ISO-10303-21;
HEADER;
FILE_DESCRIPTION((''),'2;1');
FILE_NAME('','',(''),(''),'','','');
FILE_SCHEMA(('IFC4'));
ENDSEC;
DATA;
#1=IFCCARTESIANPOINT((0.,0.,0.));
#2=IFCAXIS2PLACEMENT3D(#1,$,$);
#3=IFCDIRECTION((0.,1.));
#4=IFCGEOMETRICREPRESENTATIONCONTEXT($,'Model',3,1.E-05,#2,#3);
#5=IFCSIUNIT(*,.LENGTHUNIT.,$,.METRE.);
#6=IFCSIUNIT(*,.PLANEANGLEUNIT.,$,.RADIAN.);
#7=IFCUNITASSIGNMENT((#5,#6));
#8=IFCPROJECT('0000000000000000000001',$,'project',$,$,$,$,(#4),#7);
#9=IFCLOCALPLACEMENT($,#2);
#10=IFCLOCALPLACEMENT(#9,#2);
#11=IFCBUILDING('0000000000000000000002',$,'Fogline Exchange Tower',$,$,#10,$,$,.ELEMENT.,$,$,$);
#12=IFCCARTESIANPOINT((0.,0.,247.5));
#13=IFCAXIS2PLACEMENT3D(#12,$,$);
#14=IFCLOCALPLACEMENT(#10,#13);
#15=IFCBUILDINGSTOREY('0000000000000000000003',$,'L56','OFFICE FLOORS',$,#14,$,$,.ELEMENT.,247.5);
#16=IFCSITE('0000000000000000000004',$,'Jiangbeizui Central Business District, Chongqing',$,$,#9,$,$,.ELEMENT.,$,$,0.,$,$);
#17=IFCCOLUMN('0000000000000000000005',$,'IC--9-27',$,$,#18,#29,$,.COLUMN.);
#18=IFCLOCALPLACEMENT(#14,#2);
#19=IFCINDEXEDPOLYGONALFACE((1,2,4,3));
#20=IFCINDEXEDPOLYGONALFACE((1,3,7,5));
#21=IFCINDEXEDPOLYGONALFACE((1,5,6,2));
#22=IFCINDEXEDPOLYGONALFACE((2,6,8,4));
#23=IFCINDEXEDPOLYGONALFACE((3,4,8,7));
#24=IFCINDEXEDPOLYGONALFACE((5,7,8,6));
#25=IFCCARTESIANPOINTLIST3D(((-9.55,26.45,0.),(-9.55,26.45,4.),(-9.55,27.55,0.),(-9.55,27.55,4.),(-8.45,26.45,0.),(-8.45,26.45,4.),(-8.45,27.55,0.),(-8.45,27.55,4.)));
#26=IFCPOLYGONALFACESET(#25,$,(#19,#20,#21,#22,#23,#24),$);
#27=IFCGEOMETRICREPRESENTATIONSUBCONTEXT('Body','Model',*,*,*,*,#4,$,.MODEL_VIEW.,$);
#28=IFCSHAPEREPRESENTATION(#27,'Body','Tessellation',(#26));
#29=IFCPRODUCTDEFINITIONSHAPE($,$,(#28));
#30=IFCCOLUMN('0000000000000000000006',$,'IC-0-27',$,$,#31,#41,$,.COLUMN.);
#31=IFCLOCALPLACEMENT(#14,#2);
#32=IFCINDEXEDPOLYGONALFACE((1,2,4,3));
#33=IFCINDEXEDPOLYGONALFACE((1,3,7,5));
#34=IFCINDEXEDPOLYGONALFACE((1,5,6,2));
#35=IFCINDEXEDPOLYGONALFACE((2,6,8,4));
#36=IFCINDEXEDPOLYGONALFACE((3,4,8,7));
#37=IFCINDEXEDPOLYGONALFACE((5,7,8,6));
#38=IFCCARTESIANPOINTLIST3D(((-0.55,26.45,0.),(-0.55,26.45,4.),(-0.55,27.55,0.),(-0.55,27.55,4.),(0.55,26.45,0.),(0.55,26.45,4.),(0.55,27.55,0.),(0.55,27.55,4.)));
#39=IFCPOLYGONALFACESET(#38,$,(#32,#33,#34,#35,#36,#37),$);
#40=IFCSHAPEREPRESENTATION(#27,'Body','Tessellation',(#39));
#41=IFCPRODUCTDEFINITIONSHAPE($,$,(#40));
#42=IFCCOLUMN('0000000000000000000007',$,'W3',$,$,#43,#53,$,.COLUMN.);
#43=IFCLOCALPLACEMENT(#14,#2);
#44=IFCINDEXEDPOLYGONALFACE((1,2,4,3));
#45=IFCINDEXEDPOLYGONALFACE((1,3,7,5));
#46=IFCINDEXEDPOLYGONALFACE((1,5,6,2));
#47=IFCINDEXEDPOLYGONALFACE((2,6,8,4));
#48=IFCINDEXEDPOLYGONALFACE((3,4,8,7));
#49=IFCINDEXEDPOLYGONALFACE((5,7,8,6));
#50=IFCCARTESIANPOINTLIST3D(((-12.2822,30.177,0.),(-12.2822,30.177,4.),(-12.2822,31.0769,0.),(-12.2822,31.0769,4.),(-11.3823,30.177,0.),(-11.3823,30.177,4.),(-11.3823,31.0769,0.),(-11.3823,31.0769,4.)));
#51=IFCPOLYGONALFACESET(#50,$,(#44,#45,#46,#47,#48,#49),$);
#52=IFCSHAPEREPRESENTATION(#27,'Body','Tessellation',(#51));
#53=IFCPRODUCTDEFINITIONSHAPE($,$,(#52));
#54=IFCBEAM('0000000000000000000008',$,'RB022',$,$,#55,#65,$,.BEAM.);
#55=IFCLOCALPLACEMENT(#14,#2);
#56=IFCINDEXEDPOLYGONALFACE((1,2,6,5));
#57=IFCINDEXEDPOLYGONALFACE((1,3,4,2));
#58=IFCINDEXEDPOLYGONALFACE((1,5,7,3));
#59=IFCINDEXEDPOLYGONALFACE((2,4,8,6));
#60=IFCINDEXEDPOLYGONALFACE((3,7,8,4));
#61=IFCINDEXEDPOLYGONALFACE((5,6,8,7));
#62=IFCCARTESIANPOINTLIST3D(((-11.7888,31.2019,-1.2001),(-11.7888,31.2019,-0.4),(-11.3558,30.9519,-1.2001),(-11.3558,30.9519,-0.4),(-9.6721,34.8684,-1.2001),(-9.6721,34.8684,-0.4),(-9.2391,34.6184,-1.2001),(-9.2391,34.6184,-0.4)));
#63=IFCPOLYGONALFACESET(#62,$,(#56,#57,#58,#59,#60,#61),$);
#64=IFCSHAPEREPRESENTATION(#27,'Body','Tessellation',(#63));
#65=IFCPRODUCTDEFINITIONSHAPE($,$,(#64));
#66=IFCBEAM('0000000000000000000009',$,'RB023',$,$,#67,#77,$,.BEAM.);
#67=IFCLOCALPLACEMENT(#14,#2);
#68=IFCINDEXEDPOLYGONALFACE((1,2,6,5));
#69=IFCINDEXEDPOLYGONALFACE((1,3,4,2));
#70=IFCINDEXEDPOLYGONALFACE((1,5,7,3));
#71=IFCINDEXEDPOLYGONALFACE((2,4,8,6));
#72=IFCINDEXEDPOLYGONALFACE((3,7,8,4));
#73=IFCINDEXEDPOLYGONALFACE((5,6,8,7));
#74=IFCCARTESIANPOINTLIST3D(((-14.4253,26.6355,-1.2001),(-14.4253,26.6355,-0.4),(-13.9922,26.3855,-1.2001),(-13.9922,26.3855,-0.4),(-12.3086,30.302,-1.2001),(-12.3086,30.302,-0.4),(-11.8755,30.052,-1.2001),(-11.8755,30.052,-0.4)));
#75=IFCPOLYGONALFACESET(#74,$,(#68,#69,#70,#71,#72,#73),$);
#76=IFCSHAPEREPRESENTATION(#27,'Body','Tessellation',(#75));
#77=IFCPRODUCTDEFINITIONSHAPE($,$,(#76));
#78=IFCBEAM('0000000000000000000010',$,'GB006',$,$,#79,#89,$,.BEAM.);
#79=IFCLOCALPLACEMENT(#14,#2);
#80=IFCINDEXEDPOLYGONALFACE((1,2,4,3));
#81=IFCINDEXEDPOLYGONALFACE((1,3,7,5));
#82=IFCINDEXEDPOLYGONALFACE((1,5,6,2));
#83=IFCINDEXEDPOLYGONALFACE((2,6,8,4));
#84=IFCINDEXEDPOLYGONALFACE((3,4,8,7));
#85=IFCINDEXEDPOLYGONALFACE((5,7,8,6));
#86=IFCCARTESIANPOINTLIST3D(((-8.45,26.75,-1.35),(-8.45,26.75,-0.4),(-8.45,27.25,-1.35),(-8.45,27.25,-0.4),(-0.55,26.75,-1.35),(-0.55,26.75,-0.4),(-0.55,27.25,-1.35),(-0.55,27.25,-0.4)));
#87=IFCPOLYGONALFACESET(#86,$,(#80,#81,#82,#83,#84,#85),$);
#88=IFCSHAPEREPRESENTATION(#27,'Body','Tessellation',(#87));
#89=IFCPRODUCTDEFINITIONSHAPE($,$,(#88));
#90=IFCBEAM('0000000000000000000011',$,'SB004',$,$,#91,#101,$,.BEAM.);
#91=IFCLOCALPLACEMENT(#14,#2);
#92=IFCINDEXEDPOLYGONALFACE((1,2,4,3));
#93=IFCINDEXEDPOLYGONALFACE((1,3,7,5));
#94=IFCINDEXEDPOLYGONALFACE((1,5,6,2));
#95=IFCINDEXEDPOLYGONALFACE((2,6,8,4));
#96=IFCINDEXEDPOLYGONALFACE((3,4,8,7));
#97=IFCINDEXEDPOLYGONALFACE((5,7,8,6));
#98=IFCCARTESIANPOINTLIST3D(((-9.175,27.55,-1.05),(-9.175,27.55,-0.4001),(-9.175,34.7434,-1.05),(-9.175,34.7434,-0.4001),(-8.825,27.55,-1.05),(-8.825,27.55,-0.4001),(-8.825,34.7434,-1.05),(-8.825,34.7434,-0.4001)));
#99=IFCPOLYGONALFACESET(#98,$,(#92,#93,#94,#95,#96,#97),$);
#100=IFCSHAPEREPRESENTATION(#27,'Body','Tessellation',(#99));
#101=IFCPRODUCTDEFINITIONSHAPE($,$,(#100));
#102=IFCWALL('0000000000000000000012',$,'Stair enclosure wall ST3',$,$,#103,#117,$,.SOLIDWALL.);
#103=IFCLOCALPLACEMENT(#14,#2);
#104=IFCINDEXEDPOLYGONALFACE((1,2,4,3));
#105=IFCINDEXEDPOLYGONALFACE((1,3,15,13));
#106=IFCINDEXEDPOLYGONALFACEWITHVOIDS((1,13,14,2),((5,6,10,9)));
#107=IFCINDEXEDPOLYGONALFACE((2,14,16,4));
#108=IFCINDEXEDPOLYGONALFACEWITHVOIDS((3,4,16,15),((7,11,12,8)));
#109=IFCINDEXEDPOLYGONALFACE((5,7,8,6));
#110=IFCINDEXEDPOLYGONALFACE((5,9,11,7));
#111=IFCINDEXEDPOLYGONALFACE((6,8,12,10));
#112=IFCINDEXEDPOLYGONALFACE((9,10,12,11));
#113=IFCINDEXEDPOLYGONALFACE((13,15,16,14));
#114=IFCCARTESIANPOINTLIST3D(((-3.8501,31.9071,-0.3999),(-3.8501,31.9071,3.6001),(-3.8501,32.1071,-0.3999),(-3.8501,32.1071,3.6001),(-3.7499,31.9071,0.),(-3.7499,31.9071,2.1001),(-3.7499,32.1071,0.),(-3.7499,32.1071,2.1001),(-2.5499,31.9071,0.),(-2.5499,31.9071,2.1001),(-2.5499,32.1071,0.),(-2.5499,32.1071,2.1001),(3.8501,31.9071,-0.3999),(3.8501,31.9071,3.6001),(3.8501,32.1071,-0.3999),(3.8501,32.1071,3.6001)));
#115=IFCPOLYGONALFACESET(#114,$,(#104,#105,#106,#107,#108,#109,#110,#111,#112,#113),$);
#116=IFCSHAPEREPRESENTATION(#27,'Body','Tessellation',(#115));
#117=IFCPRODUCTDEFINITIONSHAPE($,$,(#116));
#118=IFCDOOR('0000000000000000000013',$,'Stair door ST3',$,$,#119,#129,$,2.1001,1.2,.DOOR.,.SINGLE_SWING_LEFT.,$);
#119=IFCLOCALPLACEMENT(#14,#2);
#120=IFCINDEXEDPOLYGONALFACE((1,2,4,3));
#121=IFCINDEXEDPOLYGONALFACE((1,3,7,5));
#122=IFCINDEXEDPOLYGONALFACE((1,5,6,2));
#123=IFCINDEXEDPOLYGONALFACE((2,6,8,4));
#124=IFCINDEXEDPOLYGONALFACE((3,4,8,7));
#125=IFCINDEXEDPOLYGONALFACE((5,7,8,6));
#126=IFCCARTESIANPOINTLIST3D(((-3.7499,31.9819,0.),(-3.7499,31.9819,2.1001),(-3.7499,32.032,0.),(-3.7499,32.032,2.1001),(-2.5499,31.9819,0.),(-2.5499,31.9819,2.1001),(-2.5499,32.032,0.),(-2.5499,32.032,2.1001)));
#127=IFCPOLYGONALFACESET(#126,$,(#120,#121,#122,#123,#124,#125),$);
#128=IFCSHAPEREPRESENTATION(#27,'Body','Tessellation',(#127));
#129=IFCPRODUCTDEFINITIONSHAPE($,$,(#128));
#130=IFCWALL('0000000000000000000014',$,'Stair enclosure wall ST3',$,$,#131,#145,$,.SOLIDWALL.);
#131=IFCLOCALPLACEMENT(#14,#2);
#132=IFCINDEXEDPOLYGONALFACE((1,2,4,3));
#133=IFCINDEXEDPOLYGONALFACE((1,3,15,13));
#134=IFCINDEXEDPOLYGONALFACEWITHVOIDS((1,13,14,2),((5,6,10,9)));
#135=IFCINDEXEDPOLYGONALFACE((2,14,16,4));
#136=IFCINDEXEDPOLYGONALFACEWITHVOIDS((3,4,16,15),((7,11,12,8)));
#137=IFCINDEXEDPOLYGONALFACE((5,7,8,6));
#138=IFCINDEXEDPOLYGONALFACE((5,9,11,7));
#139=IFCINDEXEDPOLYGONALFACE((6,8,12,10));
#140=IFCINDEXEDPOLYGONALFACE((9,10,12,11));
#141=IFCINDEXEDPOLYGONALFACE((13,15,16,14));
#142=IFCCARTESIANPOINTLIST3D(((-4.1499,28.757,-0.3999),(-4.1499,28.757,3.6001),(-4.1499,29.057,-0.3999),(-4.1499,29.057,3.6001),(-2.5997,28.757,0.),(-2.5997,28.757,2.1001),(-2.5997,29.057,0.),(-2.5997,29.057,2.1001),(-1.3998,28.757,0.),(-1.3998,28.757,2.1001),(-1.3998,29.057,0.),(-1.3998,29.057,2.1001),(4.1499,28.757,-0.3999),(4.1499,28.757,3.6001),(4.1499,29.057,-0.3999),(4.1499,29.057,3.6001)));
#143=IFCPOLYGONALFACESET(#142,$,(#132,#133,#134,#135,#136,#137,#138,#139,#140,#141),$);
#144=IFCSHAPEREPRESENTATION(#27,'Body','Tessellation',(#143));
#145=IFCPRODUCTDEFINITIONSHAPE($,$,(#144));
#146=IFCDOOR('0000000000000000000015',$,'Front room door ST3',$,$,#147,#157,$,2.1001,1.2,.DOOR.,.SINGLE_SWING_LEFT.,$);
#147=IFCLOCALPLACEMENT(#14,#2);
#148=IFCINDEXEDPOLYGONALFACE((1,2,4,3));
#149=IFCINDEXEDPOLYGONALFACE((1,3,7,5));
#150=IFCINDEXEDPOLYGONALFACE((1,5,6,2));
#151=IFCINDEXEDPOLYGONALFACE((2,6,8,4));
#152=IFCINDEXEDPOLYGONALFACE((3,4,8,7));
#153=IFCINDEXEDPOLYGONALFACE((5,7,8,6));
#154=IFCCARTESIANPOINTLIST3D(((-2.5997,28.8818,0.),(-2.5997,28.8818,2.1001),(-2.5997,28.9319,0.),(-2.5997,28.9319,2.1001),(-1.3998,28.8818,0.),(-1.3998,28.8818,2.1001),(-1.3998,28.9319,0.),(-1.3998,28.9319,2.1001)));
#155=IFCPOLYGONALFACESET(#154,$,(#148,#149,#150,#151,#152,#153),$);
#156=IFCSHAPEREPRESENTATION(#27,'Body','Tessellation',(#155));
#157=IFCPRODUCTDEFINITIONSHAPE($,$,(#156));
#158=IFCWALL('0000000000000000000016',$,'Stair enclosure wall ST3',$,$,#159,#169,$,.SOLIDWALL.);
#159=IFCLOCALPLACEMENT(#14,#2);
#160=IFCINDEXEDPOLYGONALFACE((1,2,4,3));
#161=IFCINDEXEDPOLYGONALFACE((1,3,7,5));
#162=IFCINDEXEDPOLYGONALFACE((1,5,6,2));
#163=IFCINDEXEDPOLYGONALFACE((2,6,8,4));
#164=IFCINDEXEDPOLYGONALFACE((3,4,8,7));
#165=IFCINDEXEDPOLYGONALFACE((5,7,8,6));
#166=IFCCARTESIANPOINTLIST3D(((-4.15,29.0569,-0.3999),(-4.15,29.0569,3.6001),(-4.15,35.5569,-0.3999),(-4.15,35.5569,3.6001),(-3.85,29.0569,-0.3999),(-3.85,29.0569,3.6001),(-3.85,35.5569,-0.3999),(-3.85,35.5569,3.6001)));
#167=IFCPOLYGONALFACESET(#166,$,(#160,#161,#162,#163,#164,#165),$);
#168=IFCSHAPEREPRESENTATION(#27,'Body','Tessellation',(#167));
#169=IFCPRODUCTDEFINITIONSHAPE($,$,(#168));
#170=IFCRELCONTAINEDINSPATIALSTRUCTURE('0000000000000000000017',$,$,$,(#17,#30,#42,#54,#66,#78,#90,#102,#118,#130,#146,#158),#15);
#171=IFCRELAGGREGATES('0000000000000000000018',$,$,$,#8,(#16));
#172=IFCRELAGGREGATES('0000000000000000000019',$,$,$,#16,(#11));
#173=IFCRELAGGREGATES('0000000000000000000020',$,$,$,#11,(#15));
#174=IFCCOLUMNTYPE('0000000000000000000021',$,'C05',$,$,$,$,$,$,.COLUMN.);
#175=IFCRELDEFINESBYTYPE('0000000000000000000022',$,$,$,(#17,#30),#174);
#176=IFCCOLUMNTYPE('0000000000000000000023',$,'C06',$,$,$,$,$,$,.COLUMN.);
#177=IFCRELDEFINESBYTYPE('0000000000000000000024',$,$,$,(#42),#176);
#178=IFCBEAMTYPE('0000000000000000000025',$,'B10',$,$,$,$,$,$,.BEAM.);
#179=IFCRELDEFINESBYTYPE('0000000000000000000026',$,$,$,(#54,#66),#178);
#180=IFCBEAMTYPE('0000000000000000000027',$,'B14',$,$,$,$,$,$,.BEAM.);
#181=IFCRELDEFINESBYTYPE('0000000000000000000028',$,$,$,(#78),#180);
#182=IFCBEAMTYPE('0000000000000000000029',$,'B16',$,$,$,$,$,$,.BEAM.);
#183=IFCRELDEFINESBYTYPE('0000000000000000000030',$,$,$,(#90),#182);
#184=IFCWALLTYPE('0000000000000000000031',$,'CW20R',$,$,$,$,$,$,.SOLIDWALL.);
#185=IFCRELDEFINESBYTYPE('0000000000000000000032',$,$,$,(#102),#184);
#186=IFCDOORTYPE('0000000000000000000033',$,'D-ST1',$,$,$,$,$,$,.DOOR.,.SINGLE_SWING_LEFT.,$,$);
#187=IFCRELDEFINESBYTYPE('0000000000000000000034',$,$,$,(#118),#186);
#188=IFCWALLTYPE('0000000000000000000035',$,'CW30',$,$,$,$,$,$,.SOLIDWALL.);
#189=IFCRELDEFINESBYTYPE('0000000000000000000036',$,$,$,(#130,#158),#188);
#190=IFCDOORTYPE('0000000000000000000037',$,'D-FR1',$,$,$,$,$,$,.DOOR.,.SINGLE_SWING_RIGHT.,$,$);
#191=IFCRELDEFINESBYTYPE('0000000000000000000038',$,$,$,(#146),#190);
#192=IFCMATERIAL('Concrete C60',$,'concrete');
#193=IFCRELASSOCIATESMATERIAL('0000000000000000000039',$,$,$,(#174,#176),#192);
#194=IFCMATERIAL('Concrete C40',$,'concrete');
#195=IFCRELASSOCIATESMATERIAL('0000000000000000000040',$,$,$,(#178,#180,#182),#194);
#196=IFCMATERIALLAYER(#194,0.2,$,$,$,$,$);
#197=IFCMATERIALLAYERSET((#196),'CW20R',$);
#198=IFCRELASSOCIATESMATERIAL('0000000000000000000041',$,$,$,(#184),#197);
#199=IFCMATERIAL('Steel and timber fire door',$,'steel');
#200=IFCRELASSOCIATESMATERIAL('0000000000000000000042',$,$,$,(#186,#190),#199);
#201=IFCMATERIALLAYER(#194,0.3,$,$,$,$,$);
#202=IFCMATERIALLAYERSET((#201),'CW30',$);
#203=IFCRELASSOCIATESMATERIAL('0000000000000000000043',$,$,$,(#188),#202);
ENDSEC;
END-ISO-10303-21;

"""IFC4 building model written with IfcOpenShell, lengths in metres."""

from ifc_helpers import new_model, si_unit, direction, frame, frame_2d, origin, origin_2d, place, context, subcontext, project, spatial, rectangle, extrude, material, layer, layer_set, material_profile, profile_set, type_object, element, fill, save


model = new_model("IFC4")

# Units and contexts
model_context = context("Model", 3, precision=1e-05, world=origin(), true_north=direction((0.0, 1.0)))
body_context = subcontext(model_context, "Body", "Model", "MODEL_VIEW")
ifc_project = project(units=[si_unit("LENGTHUNIT", "METRE"), si_unit("PLANEANGLEUNIT", "RADIAN")], contexts=[model_context])

# Site, building, storey
site_placement = place(None, origin())
site = spatial("IfcSite", under=ifc_project, at=site_placement, Name="Jiangbeizui Central Business District, Chongqing", CompositionType="ELEMENT", RefElevation=0.0)
building_placement = place(site_placement, origin())
building = spatial("IfcBuilding", under=site, at=building_placement, Name="Fogline Exchange Tower", CompositionType="ELEMENT")
storey_placement = place(building_placement, frame((0.0, 0.0, 247.5)))
storey = spatial("IfcBuildingStorey", under=building, at=storey_placement, Name="L56", Description="OFFICE FLOORS", CompositionType="ELEMENT", Elevation=247.5)

# Columns
ifc_material_1 = material(Name="Concrete C60", Category="concrete")
ifc_material_profile_1 = material_profile(ifc_material_1, rectangle(XDim=1.1001, YDim=1.1001, at=origin_2d()), Name="RC 1100x1100")
ifc_profile_set_1 = profile_set([ifc_material_profile_1], Name="Concrete C60")
column_type_1 = type_object("IfcColumnType", Name="C05", PredefinedType="COLUMN", material=ifc_profile_set_1)
for number, where, z_axis, x_axis, name in (
    (1, (-9.0, 27.0, 0.0), (0.0, 0.0, 1.0), (1.0, 0.0, 0.0), "IC--9-27"),
    (2, (0.0, 27.0, 0.0), (0.0, 0.0, 1.0), (1.0, 0.0, 0.0), "IC-0-27"),
):
    element("IfcColumn", number, at=place(storey_placement, frame(where, z_axis=z_axis, x_axis=x_axis)), inside=storey, type_object=column_type_1, Name=name, PredefinedType="COLUMN", context=body_context, shape_type="SweptSolid", body=[
        extrude(rectangle(XDim=1.1001, YDim=1.1001, at=origin_2d()), origin(), (0.0, 0.0, 1.0), 4.0),
    ])
ifc_material_profile_2 = material_profile(ifc_material_1, rectangle(XDim=0.8999, YDim=0.8999, at=origin_2d()), Name="RC 900x900")
ifc_profile_set_2 = profile_set([ifc_material_profile_2], Name="Concrete C60")
column_type_2 = type_object("IfcColumnType", Name="C06", PredefinedType="COLUMN", material=ifc_profile_set_2)
column_placement = place(storey_placement, frame((-11.8323, 30.627, 0.0), z_axis=(0.0, 0.0, 1.0), x_axis=(1.0, 0.0, 0.0)))
element("IfcColumn", 3, at=column_placement, inside=storey, type_object=column_type_2, Name="W3", PredefinedType="COLUMN", context=body_context, shape_type="SweptSolid", body=[
    extrude(rectangle(XDim=0.8999, YDim=0.8999, at=origin_2d()), origin(), (0.0, 0.0, 1.0), 4.0),
])

# Beams
ifc_material_2 = material(Name="Concrete C40", Category="concrete")
ifc_material_profile_3 = material_profile(ifc_material_2, rectangle(XDim=0.5, YDim=0.8, at=origin_2d()), Name="RC 500x800")
ifc_profile_set_3 = profile_set([ifc_material_profile_3], Name="Concrete C40")
beam_type_1 = type_object("IfcBeamType", Name="B10", PredefinedType="BEAM", material=ifc_profile_set_3)
for number, where, z_axis, x_axis, name in (
    (4, (-9.4556, 34.7434, -0.8), (-0.499972, -0.866042, 0.0), (0.866042, -0.499972, 0.0), "RB022"),
    (5, (-12.092, 30.177, -0.8), (-0.499972, -0.866042, 0.0), (0.866042, -0.499972, 0.0), "RB023"),
):
    element("IfcBeam", number, at=place(storey_placement, frame(where, z_axis=z_axis, x_axis=x_axis)), inside=storey, type_object=beam_type_1, Name=name, PredefinedType="BEAM", context=body_context, shape_type="SweptSolid", body=[
        extrude(rectangle(XDim=0.5, YDim=0.8, at=origin_2d()), origin(), (0.0, 0.0, 1.0), 4.2336),
    ])
ifc_material_profile_4 = material_profile(ifc_material_2, rectangle(XDim=0.5, YDim=0.95, at=origin_2d()), Name="RC 500x950")
ifc_profile_set_4 = profile_set([ifc_material_profile_4], Name="Concrete C40")
beam_type_2 = type_object("IfcBeamType", Name="B14", PredefinedType="BEAM", material=ifc_profile_set_4)
beam_1_placement = place(storey_placement, frame((-8.45, 27.0, -0.875), z_axis=(1.0, 0.0, 0.0), x_axis=(0.0, 1.0, 0.0)))
element("IfcBeam", 6, at=beam_1_placement, inside=storey, type_object=beam_type_2, Name="GB006", PredefinedType="BEAM", context=body_context, shape_type="SweptSolid", body=[
    extrude(rectangle(XDim=0.5, YDim=0.95, at=origin_2d()), origin(), (0.0, 0.0, 1.0), 7.8999),
])
ifc_material_profile_5 = material_profile(ifc_material_2, rectangle(XDim=0.3501, YDim=0.6499, at=origin_2d()), Name="RC 350x650")
ifc_profile_set_5 = profile_set([ifc_material_profile_5], Name="Concrete C40")
beam_type_3 = type_object("IfcBeamType", Name="B16", PredefinedType="BEAM", material=ifc_profile_set_5)
beam_2_placement = place(storey_placement, frame((-9.0, 27.55, -0.7251), z_axis=(0.0, 1.0, 0.0), x_axis=(-1.0, 0.0, 0.0)))
element("IfcBeam", 7, at=beam_2_placement, inside=storey, type_object=beam_type_3, Name="SB004", PredefinedType="BEAM", context=body_context, shape_type="SweptSolid", body=[
    extrude(rectangle(XDim=0.3501, YDim=0.6499, at=origin_2d()), origin(), (0.0, 0.0, 1.0), 7.1934),
])

# Walls, openings, doors
ifc_layer_1 = layer(ifc_material_2, 0.2)
ifc_layer_set_1 = layer_set([ifc_layer_1], Name="CW20R")
wall_type_1 = type_object("IfcWallType", Name="CW20R", PredefinedType="SOLIDWALL", material=ifc_layer_set_1)
wall_1_placement = place(storey_placement, frame((-3.8501, 32.0071, -0.3999), z_axis=(0.0, 0.0, 1.0), x_axis=(1.0, 0.0, 0.0)))
wall_1 = element("IfcWall", 8, at=wall_1_placement, inside=storey, type_object=wall_type_1, Name="Stair enclosure wall ST3", PredefinedType="SOLIDWALL", context=body_context, shape_type="SweptSolid", body=[
    extrude(rectangle(XDim=7.7002, YDim=0.2, at=frame_2d((3.8501, 0.0))), origin(), (0.0, 0.0, 1.0), 4.0),
])
opening_1_placement = place(wall_1_placement, frame((0.1001, 0.0, 0.3999)))
opening_1 = element("IfcOpeningElement", 9, at=opening_1_placement, cuts=wall_1, PredefinedType="OPENING", context=body_context, shape_type="SweptSolid", body=[
    extrude(rectangle(XDim=1.2, YDim=2.1001, at=frame_2d((0.6001, 1.05))), frame((0.0, 0.1099, 0.0), z_axis=(0.0, -1.0, 0.0), x_axis=(1.0, 0.0, 0.0)), (0.0, 0.0, 1.0), 0.22),
])
ifc_material_3 = material(Name="Steel and timber fire door", Category="steel")
door_type_1 = type_object("IfcDoorType", Name="D-ST1", OperationType="SINGLE_SWING_LEFT", PredefinedType="DOOR", material=ifc_material_3)
door_1_placement = place(opening_1_placement, origin())
door_1 = element("IfcDoor", 10, at=door_1_placement, inside=storey, type_object=door_type_1, Name="Stair door ST3", OperationType="SINGLE_SWING_LEFT", OverallHeight=2.1001, OverallWidth=1.2, PredefinedType="DOOR", context=body_context, shape_type="SweptSolid", body=[
    extrude(rectangle(XDim=1.2, YDim=2.1001, at=frame_2d((0.6001, 1.05))), frame((0.0, 0.0249, 0.0), z_axis=(0.0, -1.0, 0.0), x_axis=(1.0, 0.0, 0.0)), (0.0, 0.0, 1.0), 0.05),
])
fill(opening_1, door_1)
ifc_layer_2 = layer(ifc_material_2, 0.3)
ifc_layer_set_2 = layer_set([ifc_layer_2], Name="CW30")
wall_type_2 = type_object("IfcWallType", Name="CW30", PredefinedType="SOLIDWALL", material=ifc_layer_set_2)
wall_2_placement = place(storey_placement, frame((-4.1499, 28.907, -0.3999), z_axis=(0.0, 0.0, 1.0), x_axis=(1.0, 0.0, 0.0)))
wall_2 = element("IfcWall", 11, at=wall_2_placement, inside=storey, type_object=wall_type_2, Name="Stair enclosure wall ST3", PredefinedType="SOLIDWALL", context=body_context, shape_type="SweptSolid", body=[
    extrude(rectangle(XDim=8.2998, YDim=0.3, at=frame_2d((4.1499, 0.0))), origin(), (0.0, 0.0, 1.0), 4.0),
])
opening_2_placement = place(wall_2_placement, frame((1.55, 0.0, 0.3999)))
opening_2 = element("IfcOpeningElement", 12, at=opening_2_placement, cuts=wall_2, PredefinedType="OPENING", context=body_context, shape_type="SweptSolid", body=[
    extrude(rectangle(XDim=1.2, YDim=2.1001, at=frame_2d((0.6001, 1.05))), frame((0.0, 0.1602, 0.0), z_axis=(0.0, -1.0, 0.0), x_axis=(1.0, 0.0, 0.0)), (0.0, 0.0, 1.0), 0.3201),
])
door_type_2 = type_object("IfcDoorType", Name="D-FR1", OperationType="SINGLE_SWING_RIGHT", PredefinedType="DOOR", material=ifc_material_3)
door_2_placement = place(opening_2_placement, origin())
door_2 = element("IfcDoor", 13, at=door_2_placement, inside=storey, type_object=door_type_2, Name="Front room door ST3", OperationType="SINGLE_SWING_LEFT", OverallHeight=2.1001, OverallWidth=1.2, PredefinedType="DOOR", context=body_context, shape_type="SweptSolid", body=[
    extrude(rectangle(XDim=1.2, YDim=2.1001, at=frame_2d((0.6001, 1.05))), frame((0.0, 0.0249, 0.0), z_axis=(0.0, -1.0, 0.0), x_axis=(1.0, 0.0, 0.0)), (0.0, 0.0, 1.0), 0.05),
])
fill(opening_2, door_2)

# Wall
wall_3_placement = place(storey_placement, frame((-4.0, 29.0569, -0.3999), z_axis=(0.0, 0.0, 1.0), x_axis=(0.0, 1.0, 0.0)))
element("IfcWall", 14, at=wall_3_placement, inside=storey, type_object=wall_type_2, Name="Stair enclosure wall ST3", PredefinedType="SOLIDWALL", context=body_context, shape_type="SweptSolid", body=[
    extrude(rectangle(XDim=6.5, YDim=0.3, at=frame_2d((3.25, 0.0))), origin(), (0.0, 0.0, 1.0), 4.0),
])

save(model, "model.ifc")
